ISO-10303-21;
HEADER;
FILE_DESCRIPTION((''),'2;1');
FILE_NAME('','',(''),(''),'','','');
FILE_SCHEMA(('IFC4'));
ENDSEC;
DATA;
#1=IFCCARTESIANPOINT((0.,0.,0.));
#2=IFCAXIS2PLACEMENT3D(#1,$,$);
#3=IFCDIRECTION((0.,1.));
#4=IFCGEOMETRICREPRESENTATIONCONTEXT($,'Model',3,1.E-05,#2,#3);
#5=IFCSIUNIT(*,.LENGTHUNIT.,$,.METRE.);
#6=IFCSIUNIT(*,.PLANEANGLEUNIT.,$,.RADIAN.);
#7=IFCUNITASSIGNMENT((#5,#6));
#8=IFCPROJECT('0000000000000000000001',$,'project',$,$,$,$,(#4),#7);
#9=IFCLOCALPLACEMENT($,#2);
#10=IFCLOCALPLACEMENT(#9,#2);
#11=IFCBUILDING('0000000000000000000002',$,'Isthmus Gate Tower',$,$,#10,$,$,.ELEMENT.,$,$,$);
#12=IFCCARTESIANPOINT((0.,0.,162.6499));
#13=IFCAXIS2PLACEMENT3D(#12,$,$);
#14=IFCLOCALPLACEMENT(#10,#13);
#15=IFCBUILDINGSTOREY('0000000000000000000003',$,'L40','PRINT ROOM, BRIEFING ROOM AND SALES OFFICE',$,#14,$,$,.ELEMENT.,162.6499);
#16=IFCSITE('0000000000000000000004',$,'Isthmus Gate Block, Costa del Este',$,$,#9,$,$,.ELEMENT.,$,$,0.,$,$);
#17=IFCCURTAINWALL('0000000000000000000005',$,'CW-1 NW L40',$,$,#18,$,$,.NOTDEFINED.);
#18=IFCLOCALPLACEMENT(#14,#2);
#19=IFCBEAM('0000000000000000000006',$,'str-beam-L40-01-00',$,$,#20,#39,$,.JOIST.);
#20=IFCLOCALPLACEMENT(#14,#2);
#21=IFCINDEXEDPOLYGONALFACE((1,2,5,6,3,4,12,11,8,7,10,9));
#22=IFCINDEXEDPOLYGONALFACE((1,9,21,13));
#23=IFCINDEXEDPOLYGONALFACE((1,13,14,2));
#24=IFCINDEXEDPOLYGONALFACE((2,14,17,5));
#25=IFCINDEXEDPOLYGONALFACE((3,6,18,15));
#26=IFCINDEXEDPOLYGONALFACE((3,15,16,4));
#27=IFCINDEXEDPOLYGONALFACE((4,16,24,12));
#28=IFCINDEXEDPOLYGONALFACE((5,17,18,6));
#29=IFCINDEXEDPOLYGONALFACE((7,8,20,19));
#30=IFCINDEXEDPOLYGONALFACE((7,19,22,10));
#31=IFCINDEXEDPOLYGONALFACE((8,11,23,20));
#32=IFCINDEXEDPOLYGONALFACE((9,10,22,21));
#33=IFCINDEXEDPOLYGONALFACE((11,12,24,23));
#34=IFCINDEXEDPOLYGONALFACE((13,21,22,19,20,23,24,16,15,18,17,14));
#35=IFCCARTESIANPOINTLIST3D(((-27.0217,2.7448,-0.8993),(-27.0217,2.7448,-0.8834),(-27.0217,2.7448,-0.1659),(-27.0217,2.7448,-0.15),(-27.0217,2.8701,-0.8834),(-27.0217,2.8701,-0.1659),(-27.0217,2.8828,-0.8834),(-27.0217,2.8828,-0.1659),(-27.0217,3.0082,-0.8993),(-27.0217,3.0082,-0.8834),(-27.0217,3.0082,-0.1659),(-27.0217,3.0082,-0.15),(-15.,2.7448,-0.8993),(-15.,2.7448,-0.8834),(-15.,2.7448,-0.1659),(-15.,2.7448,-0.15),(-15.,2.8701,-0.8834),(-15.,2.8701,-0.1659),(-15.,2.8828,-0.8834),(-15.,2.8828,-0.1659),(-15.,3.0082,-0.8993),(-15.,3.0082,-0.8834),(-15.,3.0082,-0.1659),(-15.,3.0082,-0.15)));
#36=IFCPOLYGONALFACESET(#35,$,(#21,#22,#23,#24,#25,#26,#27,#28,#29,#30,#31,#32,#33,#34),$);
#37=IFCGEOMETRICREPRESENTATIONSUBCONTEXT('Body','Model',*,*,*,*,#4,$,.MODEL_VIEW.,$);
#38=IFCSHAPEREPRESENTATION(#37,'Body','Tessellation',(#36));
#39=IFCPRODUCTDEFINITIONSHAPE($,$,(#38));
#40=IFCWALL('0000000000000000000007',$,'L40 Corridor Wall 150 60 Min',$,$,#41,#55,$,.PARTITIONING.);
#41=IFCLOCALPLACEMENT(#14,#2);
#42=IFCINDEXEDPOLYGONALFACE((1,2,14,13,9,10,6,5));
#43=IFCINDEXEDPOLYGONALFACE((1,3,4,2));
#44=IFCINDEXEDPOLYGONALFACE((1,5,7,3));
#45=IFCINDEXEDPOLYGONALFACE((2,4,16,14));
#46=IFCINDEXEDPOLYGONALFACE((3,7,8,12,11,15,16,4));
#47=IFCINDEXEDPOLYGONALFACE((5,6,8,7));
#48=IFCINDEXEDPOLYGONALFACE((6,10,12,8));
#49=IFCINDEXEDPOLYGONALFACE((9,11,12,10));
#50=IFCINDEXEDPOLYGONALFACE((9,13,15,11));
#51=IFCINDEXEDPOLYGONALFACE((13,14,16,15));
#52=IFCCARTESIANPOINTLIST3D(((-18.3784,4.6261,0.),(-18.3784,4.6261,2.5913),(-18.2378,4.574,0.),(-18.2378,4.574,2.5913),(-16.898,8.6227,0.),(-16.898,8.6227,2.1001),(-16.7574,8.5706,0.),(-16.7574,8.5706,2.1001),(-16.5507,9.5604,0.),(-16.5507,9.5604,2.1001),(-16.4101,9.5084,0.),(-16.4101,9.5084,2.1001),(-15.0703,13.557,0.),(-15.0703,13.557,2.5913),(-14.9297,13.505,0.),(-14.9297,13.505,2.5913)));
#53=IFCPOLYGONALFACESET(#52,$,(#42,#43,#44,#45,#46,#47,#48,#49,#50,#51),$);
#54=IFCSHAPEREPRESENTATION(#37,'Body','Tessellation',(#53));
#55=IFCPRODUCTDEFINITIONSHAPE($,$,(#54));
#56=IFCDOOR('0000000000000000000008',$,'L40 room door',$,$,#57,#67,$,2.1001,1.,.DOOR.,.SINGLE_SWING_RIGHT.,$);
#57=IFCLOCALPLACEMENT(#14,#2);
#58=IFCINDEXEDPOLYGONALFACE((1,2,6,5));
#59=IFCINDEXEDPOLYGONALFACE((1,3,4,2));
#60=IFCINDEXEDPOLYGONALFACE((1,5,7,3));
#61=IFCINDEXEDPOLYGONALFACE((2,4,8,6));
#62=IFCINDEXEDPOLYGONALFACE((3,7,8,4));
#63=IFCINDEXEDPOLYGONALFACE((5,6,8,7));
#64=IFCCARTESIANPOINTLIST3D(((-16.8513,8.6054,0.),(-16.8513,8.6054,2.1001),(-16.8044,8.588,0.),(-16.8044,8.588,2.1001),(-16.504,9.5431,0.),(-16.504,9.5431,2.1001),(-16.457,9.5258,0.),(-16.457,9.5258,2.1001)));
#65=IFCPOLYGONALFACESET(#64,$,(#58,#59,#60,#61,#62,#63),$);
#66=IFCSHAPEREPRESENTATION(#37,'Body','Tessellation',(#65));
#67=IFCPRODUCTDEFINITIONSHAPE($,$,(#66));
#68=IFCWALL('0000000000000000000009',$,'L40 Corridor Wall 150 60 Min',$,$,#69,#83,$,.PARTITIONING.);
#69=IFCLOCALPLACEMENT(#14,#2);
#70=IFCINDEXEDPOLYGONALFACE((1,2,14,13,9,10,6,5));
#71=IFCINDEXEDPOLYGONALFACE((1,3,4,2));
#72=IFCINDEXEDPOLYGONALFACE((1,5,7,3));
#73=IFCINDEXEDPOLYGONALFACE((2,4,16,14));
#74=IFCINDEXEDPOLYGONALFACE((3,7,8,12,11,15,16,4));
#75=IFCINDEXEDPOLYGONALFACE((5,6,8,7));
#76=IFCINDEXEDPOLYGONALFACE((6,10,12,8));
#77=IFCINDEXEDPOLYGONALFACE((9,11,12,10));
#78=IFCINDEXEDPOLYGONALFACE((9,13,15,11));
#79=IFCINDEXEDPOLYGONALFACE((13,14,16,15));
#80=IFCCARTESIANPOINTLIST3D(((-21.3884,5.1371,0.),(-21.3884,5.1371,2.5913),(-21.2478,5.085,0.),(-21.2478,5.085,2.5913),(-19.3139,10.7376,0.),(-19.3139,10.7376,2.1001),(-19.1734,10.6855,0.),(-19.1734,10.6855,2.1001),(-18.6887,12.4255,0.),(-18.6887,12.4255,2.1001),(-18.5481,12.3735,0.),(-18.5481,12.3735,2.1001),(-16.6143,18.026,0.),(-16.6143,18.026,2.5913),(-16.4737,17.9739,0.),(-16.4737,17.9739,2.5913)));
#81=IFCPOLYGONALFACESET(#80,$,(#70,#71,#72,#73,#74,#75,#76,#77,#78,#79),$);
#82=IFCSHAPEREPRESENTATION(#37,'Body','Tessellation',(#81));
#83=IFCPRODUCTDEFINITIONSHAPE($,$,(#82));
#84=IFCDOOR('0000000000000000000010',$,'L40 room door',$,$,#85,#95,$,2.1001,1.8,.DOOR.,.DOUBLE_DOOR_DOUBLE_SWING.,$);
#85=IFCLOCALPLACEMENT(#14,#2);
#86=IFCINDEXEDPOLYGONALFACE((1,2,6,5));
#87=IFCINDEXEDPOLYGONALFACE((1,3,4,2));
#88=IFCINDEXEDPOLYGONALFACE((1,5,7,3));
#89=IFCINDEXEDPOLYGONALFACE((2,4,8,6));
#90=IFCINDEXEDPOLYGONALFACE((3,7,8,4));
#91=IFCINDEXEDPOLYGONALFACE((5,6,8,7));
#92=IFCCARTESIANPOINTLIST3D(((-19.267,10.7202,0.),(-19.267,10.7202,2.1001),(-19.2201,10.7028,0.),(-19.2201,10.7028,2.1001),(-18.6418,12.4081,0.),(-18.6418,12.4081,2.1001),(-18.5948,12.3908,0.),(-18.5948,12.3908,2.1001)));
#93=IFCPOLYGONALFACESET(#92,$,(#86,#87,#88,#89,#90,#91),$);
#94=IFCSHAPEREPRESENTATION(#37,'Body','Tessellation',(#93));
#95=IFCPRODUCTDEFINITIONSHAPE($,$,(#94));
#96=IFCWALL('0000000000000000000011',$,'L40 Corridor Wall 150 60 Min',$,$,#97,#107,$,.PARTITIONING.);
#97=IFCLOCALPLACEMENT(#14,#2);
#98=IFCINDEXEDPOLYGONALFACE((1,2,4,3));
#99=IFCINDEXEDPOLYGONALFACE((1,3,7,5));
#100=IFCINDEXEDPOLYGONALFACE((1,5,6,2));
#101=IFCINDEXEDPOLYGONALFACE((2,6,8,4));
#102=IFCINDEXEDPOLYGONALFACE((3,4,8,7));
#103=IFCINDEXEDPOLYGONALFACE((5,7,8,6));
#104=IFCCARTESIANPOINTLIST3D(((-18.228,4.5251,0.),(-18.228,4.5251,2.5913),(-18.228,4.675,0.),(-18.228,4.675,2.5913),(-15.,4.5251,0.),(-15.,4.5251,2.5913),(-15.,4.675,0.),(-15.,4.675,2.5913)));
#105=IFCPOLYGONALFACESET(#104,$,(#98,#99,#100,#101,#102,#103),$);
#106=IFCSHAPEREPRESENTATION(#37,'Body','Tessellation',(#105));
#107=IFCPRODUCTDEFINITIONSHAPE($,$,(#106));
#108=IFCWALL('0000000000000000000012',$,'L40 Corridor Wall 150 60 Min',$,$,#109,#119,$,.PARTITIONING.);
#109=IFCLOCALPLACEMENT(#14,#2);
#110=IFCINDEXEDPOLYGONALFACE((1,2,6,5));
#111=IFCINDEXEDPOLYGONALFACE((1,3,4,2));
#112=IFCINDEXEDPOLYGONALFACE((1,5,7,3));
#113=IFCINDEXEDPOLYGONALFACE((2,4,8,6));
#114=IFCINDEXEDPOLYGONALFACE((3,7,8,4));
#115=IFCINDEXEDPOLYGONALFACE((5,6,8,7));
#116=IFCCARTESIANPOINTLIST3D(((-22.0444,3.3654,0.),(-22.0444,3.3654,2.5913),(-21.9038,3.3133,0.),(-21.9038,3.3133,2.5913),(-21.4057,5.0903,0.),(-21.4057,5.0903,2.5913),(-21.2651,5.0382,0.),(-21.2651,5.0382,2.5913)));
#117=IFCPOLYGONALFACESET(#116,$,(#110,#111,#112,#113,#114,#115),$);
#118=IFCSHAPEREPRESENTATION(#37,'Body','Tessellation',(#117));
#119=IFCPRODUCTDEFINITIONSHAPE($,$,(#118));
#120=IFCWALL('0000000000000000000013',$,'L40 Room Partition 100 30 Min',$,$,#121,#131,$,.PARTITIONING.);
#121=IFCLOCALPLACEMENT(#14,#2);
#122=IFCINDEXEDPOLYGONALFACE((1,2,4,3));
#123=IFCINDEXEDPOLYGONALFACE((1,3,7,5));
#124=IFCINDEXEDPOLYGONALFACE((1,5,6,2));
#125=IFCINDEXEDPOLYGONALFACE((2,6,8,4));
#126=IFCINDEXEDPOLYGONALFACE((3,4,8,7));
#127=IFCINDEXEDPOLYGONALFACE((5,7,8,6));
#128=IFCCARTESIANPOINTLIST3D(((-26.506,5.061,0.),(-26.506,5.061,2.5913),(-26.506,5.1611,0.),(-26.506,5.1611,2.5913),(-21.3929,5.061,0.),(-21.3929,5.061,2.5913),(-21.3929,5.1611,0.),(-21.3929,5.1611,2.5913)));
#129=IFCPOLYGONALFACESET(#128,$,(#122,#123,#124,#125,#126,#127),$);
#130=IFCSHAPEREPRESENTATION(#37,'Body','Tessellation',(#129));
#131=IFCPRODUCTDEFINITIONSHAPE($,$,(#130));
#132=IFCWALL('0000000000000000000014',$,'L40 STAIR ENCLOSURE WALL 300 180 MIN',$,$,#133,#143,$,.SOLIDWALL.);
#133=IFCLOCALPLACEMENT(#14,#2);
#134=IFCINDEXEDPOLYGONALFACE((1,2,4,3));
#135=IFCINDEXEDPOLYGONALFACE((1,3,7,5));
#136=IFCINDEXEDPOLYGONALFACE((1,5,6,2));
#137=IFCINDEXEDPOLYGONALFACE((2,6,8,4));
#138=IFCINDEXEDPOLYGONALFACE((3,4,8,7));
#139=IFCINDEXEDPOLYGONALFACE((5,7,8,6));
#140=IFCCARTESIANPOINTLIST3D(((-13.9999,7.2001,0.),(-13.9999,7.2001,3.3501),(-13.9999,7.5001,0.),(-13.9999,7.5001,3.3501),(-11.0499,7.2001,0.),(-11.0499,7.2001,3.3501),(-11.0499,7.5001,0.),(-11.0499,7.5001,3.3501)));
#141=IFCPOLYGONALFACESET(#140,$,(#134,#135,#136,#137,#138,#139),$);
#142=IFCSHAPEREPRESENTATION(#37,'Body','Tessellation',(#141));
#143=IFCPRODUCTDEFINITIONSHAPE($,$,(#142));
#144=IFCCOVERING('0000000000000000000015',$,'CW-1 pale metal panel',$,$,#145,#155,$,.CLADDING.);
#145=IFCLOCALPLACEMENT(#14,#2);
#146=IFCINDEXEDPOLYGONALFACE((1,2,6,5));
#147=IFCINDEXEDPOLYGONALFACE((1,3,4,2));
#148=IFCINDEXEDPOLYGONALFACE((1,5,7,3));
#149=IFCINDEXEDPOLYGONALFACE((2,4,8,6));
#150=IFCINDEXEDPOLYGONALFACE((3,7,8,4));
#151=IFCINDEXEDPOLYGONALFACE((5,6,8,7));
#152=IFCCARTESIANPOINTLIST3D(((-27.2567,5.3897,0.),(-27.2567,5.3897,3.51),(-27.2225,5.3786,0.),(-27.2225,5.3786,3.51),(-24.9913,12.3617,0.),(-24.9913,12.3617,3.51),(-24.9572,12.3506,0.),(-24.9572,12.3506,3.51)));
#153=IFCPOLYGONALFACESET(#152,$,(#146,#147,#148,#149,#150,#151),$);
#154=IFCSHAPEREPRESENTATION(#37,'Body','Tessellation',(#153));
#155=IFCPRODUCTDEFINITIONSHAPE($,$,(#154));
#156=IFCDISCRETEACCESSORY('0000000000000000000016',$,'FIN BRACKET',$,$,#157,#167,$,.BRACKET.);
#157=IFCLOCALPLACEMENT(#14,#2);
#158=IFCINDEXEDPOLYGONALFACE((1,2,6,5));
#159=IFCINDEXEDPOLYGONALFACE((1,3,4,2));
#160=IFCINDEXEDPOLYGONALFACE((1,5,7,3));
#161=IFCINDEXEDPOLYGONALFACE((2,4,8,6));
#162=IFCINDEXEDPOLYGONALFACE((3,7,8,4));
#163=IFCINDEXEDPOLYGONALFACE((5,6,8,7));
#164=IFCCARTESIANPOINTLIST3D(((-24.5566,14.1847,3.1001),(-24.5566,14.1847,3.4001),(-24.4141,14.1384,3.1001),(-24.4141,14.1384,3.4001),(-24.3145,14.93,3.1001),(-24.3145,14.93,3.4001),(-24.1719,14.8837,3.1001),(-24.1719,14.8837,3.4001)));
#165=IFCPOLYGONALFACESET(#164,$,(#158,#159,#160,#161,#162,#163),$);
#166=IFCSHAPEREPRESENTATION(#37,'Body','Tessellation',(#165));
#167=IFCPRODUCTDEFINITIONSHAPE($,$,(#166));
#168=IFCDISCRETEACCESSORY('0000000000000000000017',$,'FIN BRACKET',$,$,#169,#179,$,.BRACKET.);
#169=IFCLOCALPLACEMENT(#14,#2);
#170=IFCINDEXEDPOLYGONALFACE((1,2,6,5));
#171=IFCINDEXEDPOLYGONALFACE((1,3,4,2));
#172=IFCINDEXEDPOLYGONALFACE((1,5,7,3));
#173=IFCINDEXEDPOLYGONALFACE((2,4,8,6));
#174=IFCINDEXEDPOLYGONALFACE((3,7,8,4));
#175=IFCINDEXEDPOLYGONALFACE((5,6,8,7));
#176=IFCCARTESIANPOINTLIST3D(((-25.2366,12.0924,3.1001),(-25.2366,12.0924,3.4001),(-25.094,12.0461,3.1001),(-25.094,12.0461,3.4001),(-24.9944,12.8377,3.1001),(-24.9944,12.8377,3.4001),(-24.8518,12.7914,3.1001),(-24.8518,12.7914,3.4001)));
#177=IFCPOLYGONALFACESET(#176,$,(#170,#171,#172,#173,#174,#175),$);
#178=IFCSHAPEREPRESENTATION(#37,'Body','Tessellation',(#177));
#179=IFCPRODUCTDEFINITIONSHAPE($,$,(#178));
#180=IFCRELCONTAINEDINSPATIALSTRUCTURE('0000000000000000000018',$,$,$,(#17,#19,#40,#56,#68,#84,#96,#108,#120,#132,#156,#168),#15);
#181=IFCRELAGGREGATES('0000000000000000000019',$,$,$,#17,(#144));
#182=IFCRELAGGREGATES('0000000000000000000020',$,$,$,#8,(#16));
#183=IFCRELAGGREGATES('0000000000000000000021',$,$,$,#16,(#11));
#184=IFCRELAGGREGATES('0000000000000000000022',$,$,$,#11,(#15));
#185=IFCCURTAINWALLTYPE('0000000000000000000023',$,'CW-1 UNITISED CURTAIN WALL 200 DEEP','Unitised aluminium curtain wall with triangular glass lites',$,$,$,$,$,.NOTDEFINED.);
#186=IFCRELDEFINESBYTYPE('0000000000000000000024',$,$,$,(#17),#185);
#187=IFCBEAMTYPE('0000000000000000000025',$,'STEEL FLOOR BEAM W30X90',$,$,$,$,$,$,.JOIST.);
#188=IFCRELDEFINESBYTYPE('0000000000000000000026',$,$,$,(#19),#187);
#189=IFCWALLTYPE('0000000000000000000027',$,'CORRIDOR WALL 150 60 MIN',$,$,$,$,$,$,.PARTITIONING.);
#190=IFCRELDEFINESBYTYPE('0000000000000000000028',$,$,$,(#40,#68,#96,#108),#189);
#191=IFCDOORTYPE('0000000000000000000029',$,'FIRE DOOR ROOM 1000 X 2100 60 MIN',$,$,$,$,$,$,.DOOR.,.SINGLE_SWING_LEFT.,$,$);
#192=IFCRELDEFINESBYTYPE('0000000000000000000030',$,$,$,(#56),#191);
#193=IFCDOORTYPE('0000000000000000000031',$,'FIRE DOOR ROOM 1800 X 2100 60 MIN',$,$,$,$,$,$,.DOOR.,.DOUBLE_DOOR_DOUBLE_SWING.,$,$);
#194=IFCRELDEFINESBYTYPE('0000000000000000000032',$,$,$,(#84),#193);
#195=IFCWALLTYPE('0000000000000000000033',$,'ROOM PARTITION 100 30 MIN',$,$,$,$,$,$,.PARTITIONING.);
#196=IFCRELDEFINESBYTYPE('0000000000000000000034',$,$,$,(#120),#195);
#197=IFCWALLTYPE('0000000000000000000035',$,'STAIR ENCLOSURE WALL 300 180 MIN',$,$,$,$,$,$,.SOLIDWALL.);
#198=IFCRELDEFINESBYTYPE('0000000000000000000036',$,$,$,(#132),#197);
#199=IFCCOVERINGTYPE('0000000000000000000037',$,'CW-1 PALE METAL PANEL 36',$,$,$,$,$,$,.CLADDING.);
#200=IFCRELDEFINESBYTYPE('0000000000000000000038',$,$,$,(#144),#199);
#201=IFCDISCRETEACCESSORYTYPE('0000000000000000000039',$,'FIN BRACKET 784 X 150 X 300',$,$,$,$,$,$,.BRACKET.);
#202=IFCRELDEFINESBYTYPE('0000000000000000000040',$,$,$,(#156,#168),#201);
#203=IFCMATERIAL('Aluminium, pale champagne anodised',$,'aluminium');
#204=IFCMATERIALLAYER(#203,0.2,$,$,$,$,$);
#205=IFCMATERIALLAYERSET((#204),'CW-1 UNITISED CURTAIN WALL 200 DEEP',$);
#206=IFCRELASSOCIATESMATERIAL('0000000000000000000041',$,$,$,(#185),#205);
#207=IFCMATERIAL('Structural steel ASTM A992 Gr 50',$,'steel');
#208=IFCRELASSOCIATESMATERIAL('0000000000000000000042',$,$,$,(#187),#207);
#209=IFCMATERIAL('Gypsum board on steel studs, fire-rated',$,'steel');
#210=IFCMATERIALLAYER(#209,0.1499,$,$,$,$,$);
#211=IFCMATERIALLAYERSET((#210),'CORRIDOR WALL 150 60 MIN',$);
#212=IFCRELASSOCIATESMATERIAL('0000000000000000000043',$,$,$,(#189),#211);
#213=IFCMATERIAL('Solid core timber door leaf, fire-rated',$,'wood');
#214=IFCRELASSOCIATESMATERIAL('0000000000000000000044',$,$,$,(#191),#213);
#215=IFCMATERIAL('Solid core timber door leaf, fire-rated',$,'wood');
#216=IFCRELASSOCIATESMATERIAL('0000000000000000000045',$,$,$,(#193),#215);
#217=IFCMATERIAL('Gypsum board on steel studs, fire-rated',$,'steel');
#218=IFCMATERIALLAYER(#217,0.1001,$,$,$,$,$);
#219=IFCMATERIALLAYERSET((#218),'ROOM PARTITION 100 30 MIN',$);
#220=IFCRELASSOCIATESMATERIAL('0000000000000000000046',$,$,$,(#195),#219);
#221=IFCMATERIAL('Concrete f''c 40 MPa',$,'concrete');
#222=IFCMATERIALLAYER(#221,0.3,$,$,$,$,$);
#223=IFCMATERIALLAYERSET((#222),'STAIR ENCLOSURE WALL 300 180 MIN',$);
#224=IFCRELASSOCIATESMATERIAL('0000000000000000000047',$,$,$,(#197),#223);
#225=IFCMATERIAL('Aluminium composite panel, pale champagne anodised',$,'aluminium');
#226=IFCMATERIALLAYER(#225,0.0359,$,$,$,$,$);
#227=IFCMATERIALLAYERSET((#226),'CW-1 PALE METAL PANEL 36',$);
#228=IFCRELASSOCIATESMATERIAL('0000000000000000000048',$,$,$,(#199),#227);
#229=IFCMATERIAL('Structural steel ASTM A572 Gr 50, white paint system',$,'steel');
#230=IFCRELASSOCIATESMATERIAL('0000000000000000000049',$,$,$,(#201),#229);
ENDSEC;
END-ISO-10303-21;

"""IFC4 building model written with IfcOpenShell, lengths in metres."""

from ifc_helpers import new_model, si_unit, direction, frame, frame_2d, origin, origin_2d, place, context, subcontext, project, spatial, rectangle, i_section, extrude, material, layer, layer_set, material_profile, profile_set, type_object, element, fill, aggregate, save


model = new_model("IFC4")

# Units and contexts
model_context = context("Model", 3, precision=1e-05, world=origin(), true_north=direction((0.0, 1.0)))
body_context = subcontext(model_context, "Body", "Model", "MODEL_VIEW")
ifc_project = project(units=[si_unit("LENGTHUNIT", "METRE"), si_unit("PLANEANGLEUNIT", "RADIAN")], contexts=[model_context])

# Site, building, storey
site_placement = place(None, origin())
site = spatial("IfcSite", under=ifc_project, at=site_placement, Name="Isthmus Gate Block, Costa del Este", CompositionType="ELEMENT", RefElevation=0.0)
building_placement = place(site_placement, origin())
building = spatial("IfcBuilding", under=site, at=building_placement, Name="Isthmus Gate Tower", CompositionType="ELEMENT")
storey_placement = place(building_placement, frame((0.0, 0.0, 162.6499)))
storey = spatial("IfcBuildingStorey", under=building, at=storey_placement, Name="L40", Description="PRINT ROOM, BRIEFING ROOM AND SALES OFFICE", CompositionType="ELEMENT", Elevation=162.6499)

# Curtain wall
ifc_material_1 = material(Name="Aluminium, pale champagne anodised", Category="aluminium")
ifc_layer_1 = layer(ifc_material_1, 0.2)
ifc_layer_set_1 = layer_set([ifc_layer_1], Name="CW-1 UNITISED CURTAIN WALL 200 DEEP")
curtain_wall_type = type_object("IfcCurtainWallType", Name="CW-1 UNITISED CURTAIN WALL 200 DEEP", Description="Unitised aluminium curtain wall with triangular glass lites", PredefinedType="NOTDEFINED", material=ifc_layer_set_1)
curtain_wall_placement = place(storey_placement, origin())
curtain_wall = element("IfcCurtainWall", 1, at=curtain_wall_placement, inside=storey, type_object=curtain_wall_type, Name="CW-1 NW L40", PredefinedType="NOTDEFINED")

# Beam
ifc_material_2 = material(Name="Structural steel ASTM A992 Gr 50", Category="steel")
ifc_material_profile_1 = material_profile(ifc_material_2, i_section(OverallWidth=0.2634, OverallDepth=0.7493, WebThickness=0.0127, FlangeThickness=0.0159, at=origin_2d()), Name="W30X90")
ifc_profile_set_1 = profile_set([ifc_material_profile_1], Name="Structural steel ASTM A992 Gr 50")
beam_type_1 = type_object("IfcBeamType", Name="STEEL FLOOR BEAM W30X90", PredefinedType="JOIST", material=ifc_profile_set_1)
beam_1_placement = place(storey_placement, frame((-27.0217, 2.8765, -0.5247), z_axis=(1.0, 0.0, 0.0), x_axis=(0.0, 1.0, 0.0)))
element("IfcBeam", 2, at=beam_1_placement, inside=storey, type_object=beam_type_1, Name="str-beam-L40-01-00", PredefinedType="JOIST", context=body_context, shape_type="SweptSolid", body=[
    extrude(i_section(OverallWidth=0.2634, OverallDepth=0.7493, WebThickness=0.0127, FlangeThickness=0.0159, at=origin_2d()), origin(), (0.0, 0.0, 1.0), 12.0217),
])

# Walls, openings, doors
ifc_material_3 = material(Name="Gypsum board on steel studs, fire-rated", Category="steel")
ifc_layer_2 = layer(ifc_material_3, 0.1499)
ifc_layer_set_2 = layer_set([ifc_layer_2], Name="CORRIDOR WALL 150 60 MIN")
wall_type_1 = type_object("IfcWallType", Name="CORRIDOR WALL 150 60 MIN", PredefinedType="PARTITIONING", material=ifc_layer_set_2)
wall_1_placement = place(storey_placement, frame((-15.0, 13.531, 0.0), z_axis=(0.0, 0.0, 1.0), x_axis=(-0.347348, -0.937736, 0.0)))
wall_1 = element("IfcWall", 3, at=wall_1_placement, inside=storey, type_object=wall_type_1, Name="L40 Corridor Wall 150 60 Min", PredefinedType="PARTITIONING", context=body_context, shape_type="SweptSolid", body=[
    extrude(rectangle(XDim=9.5239, YDim=0.1499, at=frame_2d((4.762, 0.0))), origin(), (0.0, 0.0, 1.0), 2.5913),
])
opening_1_placement = place(wall_1_placement, frame((4.262, 0.0, 0.0)))
opening_1 = element("IfcOpeningElement", 4, at=opening_1_placement, cuts=wall_1, PredefinedType="OPENING", context=body_context, shape_type="SweptSolid", body=[
    extrude(rectangle(XDim=1.0, YDim=2.1001, at=frame_2d((0.5, 1.05))), frame((0.0, 0.085, 0.0), z_axis=(0.0, -1.0, 0.0), x_axis=(1.0, 0.0, 0.0)), (0.0, 0.0, 1.0), 0.1699),
])
ifc_material_4 = material(Name="Solid core timber door leaf, fire-rated", Category="wood")
door_type_1 = type_object("IfcDoorType", Name="FIRE DOOR ROOM 1000 X 2100 60 MIN", OperationType="SINGLE_SWING_LEFT", PredefinedType="DOOR", material=ifc_material_4)
door_1_placement = place(opening_1_placement, origin())
door_1 = element("IfcDoor", 5, at=door_1_placement, inside=storey, type_object=door_type_1, Name="L40 room door", OperationType="SINGLE_SWING_RIGHT", OverallHeight=2.1001, OverallWidth=1.0, PredefinedType="DOOR", context=body_context, shape_type="SweptSolid", body=[
    extrude(rectangle(XDim=1.0, YDim=2.1001, at=frame_2d((0.5, 1.05))), frame((0.0, 0.0249, 0.0), z_axis=(0.0, -1.0, 0.0), x_axis=(1.0, 0.0, 0.0)), (0.0, 0.0, 1.0), 0.05),
])
fill(opening_1, door_1)
wall_2_placement = place(storey_placement, frame((-21.3181, 5.1111, 0.0), z_axis=(0.0, 0.0, 1.0), x_axis=(0.347346, 0.937737, 0.0)))
wall_2 = element("IfcWall", 6, at=wall_2_placement, inside=storey, type_object=wall_type_1, Name="L40 Corridor Wall 150 60 Min", PredefinedType="PARTITIONING", context=body_context, shape_type="SweptSolid", body=[
    extrude(rectangle(XDim=13.7446, YDim=0.1499, at=frame_2d((6.8723, 0.0))), origin(), (0.0, 0.0, 1.0), 2.5913),
])
opening_2_placement = place(wall_2_placement, frame((5.9724, 0.0, 0.0)))
opening_2 = element("IfcOpeningElement", 7, at=opening_2_placement, cuts=wall_2, PredefinedType="OPENING", context=body_context, shape_type="SweptSolid", body=[
    extrude(rectangle(XDim=1.8, YDim=2.1001, at=frame_2d((0.8999, 1.05))), frame((0.0, 0.085, 0.0), z_axis=(0.0, -1.0, 0.0), x_axis=(1.0, 0.0, 0.0)), (0.0, 0.0, 1.0), 0.1699),
])
ifc_material_5 = material(Name="Solid core timber door leaf, fire-rated", Category="wood")
door_type_2 = type_object("IfcDoorType", Name="FIRE DOOR ROOM 1800 X 2100 60 MIN", OperationType="DOUBLE_DOOR_DOUBLE_SWING", PredefinedType="DOOR", material=ifc_material_5)
door_2_placement = place(opening_2_placement, origin())
door_2 = element("IfcDoor", 8, at=door_2_placement, inside=storey, type_object=door_type_2, Name="L40 room door", OperationType="DOUBLE_DOOR_DOUBLE_SWING", OverallHeight=2.1001, OverallWidth=1.8, PredefinedType="DOOR", context=body_context, shape_type="SweptSolid", body=[
    extrude(rectangle(XDim=1.8, YDim=2.1001, at=frame_2d((0.8999, 1.05))), frame((0.0, 0.0249, 0.0), z_axis=(0.0, -1.0, 0.0), x_axis=(1.0, 0.0, 0.0)), (0.0, 0.0, 1.0), 0.05),
])
fill(opening_2, door_2)

# Walls
wall_3_placement = place(storey_placement, frame((-18.228, 4.6001, 0.0), z_axis=(0.0, 0.0, 1.0), x_axis=(1.0, 0.0, 0.0)))
element("IfcWall", 9, at=wall_3_placement, inside=storey, type_object=wall_type_1, Name="L40 Corridor Wall 150 60 Min", PredefinedType="PARTITIONING", context=body_context, shape_type="SweptSolid", body=[
    extrude(rectangle(XDim=3.228, YDim=0.1499, at=frame_2d((1.614, 0.0))), origin(), (0.0, 0.0, 1.0), 2.5913),
])
wall_4_placement = place(storey_placement, frame((-21.9741, 3.3394, 0.0), z_axis=(0.0, 0.0, 1.0), x_axis=(0.347237, 0.937778, 0.0)))
element("IfcWall", 10, at=wall_4_placement, inside=storey, type_object=wall_type_1, Name="L40 Corridor Wall 150 60 Min", PredefinedType="PARTITIONING", context=body_context, shape_type="SweptSolid", body=[
    extrude(rectangle(XDim=1.8394, YDim=0.1499, at=frame_2d((0.9197, 0.0))), origin(), (0.0, 0.0, 1.0), 2.5913),
])
ifc_material_6 = material(Name="Gypsum board on steel studs, fire-rated", Category="steel")
ifc_layer_3 = layer(ifc_material_6, 0.1001)
ifc_layer_set_3 = layer_set([ifc_layer_3], Name="ROOM PARTITION 100 30 MIN")
wall_type_2 = type_object("IfcWallType", Name="ROOM PARTITION 100 30 MIN", PredefinedType="PARTITIONING", material=ifc_layer_set_3)
wall_5_placement = place(storey_placement, frame((-26.5061, 5.1111, 0.0), z_axis=(0.0, 0.0, 1.0), x_axis=(1.0, 0.0, 0.0)))
element("IfcWall", 11, at=wall_5_placement, inside=storey, type_object=wall_type_2, Name="L40 Room Partition 100 30 Min", PredefinedType="PARTITIONING", context=body_context, shape_type="SweptSolid", body=[
    extrude(rectangle(XDim=5.113, YDim=0.1001, at=frame_2d((2.5566, 0.0))), origin(), (0.0, 0.0, 1.0), 2.5913),
])
ifc_material_7 = material(Name="Concrete f'c 40 MPa", Category="concrete")
ifc_layer_4 = layer(ifc_material_7, 0.3)
ifc_layer_set_4 = layer_set([ifc_layer_4], Name="STAIR ENCLOSURE WALL 300 180 MIN")
wall_type_3 = type_object("IfcWallType", Name="STAIR ENCLOSURE WALL 300 180 MIN", PredefinedType="SOLIDWALL", material=ifc_layer_set_4)
wall_6_placement = place(storey_placement, frame((-14.0, 7.3501, 0.0), z_axis=(0.0, 0.0, 1.0), x_axis=(1.0, 0.0, 0.0)))
element("IfcWall", 12, at=wall_6_placement, inside=storey, type_object=wall_type_3, Name="L40 STAIR ENCLOSURE WALL 300 180 MIN", PredefinedType="SOLIDWALL", context=body_context, shape_type="SweptSolid", body=[
    extrude(rectangle(XDim=2.95, YDim=0.3, at=frame_2d((1.4751, 0.0))), origin(), (0.0, 0.0, 1.0), 3.3501),
])

# Covering
ifc_material_8 = material(Name="Aluminium composite panel, pale champagne anodised", Category="aluminium")
ifc_layer_5 = layer(ifc_material_8, 0.0359)
ifc_layer_set_5 = layer_set([ifc_layer_5], Name="CW-1 PALE METAL PANEL 36")
covering_type = type_object("IfcCoveringType", Name="CW-1 PALE METAL PANEL 36", PredefinedType="CLADDING", material=ifc_layer_set_5)
covering_placement = place(storey_placement, frame((-26.1069, 8.8701, 0.0), z_axis=(0.0, 0.0, 1.0), x_axis=(-0.309017, -0.951057, 0.0)))
covering = element("IfcCovering", 13, at=covering_placement, type_object=covering_type, Name="CW-1 pale metal panel", PredefinedType="CLADDING", context=body_context, shape_type="SweptSolid", body=[
    extrude(rectangle(XDim=7.3308, YDim=0.0359, at=origin_2d()), origin(), (0.0, 0.0, 1.0), 3.51),
])
aggregate(curtain_wall, [covering])

# Discrete accessories
ifc_material_9 = material(Name="Structural steel ASTM A572 Gr 50, white paint system", Category="steel")
discrete_accessory_type = type_object("IfcDiscreteAccessoryType", Name="FIN BRACKET 784 X 150 X 300", PredefinedType="BRACKET", material=ifc_material_9)
for number, where, z_axis, x_axis, name in (
    (14, (-24.3643, 14.5342, 3.1001), (0.0, 0.0, 1.0), (-0.951057, 0.309017, 0.0), "FIN BRACKET"),
    (15, (-25.0442, 12.4419, 3.1001), (0.0, 0.0, 1.0), (-0.951057, 0.309017, 0.0), "FIN BRACKET"),
):
    element("IfcDiscreteAccessory", number, at=place(storey_placement, frame(where, z_axis=z_axis, x_axis=x_axis)), inside=storey, type_object=discrete_accessory_type, Name=name, PredefinedType="BRACKET", context=body_context, shape_type="SweptSolid", body=[
        extrude(rectangle(XDim=0.1499, YDim=0.7837, at=origin_2d()), origin(), (0.0, 0.0, 1.0), 0.3),
    ])

save(model, "model.ifc")
